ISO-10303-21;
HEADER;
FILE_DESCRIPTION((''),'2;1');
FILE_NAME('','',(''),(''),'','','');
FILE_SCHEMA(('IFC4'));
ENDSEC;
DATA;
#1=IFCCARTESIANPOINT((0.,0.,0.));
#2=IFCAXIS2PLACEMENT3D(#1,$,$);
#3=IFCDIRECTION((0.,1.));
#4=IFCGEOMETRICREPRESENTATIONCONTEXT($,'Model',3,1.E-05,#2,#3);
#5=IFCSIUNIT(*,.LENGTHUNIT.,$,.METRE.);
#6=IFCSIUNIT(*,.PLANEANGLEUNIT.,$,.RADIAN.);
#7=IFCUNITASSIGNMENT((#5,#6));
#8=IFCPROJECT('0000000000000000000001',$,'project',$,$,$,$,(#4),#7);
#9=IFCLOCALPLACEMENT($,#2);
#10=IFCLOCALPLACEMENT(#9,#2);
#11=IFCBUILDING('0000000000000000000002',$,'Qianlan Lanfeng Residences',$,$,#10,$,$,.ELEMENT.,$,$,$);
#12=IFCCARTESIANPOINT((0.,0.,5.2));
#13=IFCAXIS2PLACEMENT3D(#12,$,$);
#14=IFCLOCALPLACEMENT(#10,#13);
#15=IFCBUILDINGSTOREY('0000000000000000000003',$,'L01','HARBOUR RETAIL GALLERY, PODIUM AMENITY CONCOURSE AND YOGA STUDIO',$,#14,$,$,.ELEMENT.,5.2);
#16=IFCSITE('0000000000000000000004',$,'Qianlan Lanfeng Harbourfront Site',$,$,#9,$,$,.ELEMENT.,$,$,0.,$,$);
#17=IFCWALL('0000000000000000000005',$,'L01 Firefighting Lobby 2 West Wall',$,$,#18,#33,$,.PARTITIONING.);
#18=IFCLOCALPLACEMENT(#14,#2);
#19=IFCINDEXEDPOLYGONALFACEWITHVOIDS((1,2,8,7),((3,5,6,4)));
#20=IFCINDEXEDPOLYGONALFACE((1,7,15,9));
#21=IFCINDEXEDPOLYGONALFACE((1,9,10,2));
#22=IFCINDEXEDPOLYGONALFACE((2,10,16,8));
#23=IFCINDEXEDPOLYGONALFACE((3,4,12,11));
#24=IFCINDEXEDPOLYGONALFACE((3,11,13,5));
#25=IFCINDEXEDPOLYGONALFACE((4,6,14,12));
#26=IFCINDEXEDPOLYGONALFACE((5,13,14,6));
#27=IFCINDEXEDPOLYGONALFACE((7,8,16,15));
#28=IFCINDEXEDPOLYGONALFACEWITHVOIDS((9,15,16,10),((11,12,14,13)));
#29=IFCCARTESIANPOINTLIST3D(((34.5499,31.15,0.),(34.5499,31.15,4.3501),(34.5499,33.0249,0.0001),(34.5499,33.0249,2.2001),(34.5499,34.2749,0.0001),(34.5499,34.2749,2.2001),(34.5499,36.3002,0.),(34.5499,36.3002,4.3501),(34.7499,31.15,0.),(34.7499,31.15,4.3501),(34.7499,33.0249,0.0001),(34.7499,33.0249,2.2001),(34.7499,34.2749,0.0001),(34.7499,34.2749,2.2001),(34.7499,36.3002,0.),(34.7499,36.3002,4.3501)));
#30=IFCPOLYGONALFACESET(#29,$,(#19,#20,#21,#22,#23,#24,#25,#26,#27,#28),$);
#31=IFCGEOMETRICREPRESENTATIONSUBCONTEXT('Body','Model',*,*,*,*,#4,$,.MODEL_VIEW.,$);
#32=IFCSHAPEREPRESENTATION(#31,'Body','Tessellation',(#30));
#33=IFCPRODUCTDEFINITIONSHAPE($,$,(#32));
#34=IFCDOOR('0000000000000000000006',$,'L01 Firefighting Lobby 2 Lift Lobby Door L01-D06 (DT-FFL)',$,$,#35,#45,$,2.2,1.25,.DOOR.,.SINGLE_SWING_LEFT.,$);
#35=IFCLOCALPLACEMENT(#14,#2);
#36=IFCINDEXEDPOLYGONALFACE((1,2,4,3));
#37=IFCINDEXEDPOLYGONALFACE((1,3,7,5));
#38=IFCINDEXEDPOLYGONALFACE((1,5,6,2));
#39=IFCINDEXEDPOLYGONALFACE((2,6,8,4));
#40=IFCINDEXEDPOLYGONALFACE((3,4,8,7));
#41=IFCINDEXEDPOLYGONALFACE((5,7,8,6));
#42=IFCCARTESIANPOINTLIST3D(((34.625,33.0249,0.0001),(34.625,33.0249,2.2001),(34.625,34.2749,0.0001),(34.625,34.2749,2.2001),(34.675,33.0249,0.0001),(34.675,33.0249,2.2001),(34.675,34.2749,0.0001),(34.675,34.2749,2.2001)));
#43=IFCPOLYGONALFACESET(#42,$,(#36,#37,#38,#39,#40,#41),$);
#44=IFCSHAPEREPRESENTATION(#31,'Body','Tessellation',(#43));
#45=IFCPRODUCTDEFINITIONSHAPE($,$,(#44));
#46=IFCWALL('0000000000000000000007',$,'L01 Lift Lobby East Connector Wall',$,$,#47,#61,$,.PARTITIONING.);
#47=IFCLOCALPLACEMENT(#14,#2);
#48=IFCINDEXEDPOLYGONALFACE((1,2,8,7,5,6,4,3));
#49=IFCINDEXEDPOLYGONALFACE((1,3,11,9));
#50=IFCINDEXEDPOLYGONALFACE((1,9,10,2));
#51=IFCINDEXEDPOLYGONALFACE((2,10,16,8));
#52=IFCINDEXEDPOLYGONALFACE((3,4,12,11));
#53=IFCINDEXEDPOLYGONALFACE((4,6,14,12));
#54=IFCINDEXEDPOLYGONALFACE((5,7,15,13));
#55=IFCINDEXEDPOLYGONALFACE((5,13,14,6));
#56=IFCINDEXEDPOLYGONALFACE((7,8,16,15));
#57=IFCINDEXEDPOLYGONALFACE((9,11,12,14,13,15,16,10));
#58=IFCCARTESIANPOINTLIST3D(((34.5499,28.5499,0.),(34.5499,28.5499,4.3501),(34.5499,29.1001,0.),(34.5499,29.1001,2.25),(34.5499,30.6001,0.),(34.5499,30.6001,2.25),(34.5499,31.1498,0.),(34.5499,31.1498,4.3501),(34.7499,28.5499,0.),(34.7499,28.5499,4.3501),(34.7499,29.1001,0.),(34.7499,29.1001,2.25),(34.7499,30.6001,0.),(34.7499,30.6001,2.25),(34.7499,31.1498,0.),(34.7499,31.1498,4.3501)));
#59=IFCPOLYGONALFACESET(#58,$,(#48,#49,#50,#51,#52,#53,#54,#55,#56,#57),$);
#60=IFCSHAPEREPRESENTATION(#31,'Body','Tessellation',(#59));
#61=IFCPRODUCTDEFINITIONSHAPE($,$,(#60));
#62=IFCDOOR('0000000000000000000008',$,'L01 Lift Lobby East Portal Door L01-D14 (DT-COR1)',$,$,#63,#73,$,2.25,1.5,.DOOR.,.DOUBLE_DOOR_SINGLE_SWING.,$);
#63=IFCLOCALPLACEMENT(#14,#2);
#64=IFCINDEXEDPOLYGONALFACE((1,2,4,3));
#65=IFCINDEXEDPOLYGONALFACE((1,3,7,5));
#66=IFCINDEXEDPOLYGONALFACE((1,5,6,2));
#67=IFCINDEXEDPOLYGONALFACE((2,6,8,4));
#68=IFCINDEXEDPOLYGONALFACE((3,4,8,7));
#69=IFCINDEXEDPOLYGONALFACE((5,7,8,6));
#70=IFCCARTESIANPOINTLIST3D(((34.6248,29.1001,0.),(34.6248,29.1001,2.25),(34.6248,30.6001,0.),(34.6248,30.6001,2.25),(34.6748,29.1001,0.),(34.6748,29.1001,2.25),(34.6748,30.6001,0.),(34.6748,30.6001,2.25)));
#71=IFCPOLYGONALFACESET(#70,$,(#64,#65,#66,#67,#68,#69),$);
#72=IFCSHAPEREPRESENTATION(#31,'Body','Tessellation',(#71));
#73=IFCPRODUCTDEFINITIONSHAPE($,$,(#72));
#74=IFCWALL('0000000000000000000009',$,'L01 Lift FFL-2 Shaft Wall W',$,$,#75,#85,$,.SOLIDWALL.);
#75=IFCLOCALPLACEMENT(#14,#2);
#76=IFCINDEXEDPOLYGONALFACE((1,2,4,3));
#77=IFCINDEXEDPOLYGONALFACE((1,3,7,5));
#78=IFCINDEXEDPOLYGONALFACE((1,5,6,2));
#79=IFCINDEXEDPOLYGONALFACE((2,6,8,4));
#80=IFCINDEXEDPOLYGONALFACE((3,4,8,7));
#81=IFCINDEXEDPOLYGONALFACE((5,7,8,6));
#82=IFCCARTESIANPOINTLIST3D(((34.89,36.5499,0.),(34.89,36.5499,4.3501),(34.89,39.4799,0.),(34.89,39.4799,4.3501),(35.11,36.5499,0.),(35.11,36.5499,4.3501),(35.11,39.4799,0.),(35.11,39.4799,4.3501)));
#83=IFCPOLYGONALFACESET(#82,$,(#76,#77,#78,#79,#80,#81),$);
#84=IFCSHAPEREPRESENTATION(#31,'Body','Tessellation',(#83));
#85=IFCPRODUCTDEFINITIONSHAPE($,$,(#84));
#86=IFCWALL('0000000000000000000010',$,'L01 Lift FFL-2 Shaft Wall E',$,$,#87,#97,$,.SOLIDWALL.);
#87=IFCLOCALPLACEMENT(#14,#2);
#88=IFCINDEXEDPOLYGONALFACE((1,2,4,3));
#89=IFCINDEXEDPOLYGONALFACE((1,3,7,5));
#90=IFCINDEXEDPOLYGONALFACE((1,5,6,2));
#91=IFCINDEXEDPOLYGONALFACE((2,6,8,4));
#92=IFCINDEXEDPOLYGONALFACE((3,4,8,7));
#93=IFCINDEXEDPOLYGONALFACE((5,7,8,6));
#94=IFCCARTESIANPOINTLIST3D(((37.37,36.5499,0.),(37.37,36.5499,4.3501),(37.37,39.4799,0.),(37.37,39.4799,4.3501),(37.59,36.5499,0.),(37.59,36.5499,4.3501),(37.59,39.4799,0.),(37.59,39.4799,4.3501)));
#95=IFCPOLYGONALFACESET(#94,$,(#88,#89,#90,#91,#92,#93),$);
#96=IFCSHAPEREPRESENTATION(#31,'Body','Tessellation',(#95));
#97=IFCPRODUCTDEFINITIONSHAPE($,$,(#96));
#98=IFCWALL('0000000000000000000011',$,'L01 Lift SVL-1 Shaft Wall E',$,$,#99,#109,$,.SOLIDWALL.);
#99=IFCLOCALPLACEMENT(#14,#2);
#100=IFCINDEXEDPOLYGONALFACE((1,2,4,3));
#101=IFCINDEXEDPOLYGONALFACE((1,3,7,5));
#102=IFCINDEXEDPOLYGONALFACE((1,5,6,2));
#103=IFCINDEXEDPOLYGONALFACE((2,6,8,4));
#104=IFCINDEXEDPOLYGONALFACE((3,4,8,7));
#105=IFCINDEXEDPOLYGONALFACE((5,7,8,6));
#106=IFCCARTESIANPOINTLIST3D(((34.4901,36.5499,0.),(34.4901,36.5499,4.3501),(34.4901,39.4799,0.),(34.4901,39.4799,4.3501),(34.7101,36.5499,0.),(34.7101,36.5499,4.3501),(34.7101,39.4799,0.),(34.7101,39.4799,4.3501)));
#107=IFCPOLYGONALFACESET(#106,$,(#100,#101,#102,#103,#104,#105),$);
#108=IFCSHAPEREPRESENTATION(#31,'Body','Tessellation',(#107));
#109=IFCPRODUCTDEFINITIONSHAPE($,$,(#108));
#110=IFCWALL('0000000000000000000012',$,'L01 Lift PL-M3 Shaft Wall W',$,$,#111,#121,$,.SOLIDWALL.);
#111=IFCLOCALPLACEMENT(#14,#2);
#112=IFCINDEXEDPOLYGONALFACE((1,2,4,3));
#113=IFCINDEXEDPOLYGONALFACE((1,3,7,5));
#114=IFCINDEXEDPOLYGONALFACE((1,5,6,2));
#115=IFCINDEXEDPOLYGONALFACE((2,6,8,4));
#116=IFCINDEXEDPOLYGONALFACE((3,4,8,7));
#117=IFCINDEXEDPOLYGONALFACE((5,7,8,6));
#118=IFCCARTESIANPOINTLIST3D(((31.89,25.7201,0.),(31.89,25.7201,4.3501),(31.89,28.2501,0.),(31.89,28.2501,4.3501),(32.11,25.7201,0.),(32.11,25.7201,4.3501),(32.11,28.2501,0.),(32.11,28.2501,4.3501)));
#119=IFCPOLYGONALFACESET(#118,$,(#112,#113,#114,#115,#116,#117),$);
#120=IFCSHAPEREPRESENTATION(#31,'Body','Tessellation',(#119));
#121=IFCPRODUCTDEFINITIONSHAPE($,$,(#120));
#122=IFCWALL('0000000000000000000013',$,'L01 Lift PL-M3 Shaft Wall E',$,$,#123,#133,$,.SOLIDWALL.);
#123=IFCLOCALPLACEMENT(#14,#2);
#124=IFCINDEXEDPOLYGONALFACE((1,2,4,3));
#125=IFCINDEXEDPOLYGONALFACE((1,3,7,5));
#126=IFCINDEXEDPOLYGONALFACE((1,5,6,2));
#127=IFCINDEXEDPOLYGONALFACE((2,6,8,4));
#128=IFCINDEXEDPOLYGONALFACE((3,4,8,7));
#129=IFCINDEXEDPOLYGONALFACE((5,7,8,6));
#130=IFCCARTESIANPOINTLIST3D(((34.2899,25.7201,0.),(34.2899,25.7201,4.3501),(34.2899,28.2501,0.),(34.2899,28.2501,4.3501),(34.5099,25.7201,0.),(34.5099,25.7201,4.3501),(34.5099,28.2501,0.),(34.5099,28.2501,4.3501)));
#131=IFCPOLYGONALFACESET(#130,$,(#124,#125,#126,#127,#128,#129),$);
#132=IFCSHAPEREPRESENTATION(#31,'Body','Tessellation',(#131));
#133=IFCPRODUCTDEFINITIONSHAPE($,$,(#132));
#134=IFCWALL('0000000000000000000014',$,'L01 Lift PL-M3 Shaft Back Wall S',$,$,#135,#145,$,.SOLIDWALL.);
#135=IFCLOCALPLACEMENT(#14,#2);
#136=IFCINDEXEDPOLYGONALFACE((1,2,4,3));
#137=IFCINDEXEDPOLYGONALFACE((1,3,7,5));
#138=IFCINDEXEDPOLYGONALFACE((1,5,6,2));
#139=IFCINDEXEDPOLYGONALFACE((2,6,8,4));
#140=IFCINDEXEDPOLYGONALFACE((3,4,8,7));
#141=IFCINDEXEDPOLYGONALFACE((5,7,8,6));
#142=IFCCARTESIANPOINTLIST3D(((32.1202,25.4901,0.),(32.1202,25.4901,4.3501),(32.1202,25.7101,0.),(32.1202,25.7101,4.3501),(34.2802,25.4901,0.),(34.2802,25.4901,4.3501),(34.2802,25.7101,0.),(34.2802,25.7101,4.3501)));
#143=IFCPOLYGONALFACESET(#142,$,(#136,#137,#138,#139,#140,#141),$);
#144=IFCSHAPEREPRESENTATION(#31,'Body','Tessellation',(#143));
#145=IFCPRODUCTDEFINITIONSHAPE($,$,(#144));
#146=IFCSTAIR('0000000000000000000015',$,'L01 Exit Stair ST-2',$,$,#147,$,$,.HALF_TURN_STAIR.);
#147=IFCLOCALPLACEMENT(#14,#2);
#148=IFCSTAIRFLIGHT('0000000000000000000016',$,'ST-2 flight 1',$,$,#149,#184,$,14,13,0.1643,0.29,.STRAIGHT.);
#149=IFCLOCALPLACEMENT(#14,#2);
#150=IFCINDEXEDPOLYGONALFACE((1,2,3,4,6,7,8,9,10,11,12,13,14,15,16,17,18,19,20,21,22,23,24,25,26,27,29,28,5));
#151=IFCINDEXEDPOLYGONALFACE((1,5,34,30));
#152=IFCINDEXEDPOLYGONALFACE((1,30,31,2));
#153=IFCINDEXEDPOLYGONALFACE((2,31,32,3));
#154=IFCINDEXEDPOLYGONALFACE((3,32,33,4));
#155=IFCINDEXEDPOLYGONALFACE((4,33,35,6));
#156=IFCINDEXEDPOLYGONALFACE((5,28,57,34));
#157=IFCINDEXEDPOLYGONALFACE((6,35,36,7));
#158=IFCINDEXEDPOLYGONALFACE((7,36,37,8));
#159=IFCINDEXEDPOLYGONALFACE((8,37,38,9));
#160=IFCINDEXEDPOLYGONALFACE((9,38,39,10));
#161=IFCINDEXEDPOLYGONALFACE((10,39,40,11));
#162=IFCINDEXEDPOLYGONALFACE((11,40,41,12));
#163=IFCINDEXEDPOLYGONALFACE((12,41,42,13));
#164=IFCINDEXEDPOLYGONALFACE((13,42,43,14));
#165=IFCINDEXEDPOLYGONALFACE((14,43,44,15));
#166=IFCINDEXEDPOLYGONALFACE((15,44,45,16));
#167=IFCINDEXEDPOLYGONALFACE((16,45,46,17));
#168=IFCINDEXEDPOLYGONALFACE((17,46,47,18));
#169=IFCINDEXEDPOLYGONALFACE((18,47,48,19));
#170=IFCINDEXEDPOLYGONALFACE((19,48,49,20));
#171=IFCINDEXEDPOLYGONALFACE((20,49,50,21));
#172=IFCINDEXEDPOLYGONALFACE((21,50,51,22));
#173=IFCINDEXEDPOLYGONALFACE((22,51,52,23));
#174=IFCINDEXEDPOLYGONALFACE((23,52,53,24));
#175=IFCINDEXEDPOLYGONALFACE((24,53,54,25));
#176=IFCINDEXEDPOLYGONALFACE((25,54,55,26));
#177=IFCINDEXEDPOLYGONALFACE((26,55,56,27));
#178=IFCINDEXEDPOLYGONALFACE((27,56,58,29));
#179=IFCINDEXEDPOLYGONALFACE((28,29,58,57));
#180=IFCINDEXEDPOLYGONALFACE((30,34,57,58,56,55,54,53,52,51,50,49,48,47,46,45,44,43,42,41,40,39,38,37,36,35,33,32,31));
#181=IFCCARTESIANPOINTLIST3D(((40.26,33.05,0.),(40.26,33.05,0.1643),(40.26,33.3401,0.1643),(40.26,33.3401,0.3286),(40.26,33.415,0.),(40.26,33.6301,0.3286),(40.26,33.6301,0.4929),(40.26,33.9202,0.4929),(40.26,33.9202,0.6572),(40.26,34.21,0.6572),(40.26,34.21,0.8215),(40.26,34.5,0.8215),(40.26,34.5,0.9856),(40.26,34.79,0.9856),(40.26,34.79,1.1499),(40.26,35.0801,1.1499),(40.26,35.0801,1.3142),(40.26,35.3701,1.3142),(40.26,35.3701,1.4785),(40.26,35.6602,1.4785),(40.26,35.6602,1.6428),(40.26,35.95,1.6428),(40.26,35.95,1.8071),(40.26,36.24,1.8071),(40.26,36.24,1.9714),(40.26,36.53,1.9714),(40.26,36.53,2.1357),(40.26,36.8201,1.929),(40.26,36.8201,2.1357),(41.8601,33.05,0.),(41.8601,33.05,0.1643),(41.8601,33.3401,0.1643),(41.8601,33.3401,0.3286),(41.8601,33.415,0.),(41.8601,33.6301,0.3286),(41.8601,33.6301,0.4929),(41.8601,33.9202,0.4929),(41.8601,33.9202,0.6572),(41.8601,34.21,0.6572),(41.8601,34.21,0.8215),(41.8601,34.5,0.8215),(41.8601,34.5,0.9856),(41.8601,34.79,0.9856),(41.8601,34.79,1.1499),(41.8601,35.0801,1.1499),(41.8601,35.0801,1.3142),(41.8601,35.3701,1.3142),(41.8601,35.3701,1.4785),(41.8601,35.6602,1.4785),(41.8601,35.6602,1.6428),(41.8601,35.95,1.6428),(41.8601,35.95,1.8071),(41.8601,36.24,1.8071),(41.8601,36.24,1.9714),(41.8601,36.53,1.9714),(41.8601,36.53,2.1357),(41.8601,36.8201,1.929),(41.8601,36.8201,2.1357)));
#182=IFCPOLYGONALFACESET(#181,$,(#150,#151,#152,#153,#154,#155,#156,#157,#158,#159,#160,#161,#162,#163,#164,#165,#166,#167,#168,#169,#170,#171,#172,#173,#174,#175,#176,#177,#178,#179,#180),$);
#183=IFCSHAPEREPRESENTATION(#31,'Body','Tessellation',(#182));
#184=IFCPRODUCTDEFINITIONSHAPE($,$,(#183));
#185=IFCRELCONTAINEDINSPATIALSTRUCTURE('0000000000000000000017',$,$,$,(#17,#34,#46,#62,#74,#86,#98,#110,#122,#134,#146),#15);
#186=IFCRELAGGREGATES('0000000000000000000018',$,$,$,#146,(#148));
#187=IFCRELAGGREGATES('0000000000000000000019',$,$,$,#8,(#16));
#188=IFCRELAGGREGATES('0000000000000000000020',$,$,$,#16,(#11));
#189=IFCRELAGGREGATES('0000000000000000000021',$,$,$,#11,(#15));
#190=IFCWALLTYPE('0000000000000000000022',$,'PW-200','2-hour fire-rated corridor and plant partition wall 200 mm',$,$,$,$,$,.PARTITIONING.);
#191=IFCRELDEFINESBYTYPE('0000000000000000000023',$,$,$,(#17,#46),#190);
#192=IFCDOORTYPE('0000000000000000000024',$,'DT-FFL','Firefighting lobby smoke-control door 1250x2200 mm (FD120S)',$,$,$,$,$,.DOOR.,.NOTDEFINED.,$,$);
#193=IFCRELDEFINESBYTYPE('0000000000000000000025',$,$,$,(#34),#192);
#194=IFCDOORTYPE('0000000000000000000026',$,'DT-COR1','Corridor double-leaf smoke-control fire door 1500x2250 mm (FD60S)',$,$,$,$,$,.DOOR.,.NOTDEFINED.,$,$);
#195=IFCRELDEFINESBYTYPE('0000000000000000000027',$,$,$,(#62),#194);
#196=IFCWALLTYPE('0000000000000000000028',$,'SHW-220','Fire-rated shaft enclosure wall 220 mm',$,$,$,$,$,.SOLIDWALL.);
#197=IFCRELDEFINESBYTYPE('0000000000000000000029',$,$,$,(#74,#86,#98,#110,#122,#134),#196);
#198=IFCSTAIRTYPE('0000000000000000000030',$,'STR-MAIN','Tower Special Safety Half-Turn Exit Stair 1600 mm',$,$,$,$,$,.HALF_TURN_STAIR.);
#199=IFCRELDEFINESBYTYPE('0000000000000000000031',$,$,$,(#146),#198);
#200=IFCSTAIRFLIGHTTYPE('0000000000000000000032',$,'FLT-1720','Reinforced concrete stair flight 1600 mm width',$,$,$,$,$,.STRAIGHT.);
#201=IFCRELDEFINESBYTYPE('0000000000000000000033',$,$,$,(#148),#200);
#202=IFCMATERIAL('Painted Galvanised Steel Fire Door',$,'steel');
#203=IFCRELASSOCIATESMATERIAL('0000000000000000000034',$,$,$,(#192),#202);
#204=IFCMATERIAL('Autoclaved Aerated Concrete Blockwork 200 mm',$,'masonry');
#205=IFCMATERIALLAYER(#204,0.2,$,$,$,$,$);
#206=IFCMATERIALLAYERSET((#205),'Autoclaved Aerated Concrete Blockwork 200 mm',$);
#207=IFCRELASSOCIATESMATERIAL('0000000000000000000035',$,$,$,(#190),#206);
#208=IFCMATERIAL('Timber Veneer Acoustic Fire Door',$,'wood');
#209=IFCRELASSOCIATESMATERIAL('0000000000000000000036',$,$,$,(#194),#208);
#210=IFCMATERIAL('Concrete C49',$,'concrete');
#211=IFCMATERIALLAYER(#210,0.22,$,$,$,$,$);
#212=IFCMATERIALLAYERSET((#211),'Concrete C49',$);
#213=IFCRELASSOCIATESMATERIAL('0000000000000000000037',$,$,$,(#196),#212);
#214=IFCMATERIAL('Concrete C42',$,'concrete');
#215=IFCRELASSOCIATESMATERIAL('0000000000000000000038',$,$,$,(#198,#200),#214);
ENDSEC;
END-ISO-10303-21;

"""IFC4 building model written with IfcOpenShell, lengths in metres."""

from ifc_helpers import new_model, si_unit, direction, frame, frame_2d, origin, place, context, subcontext, project, spatial, polyline, rectangle, outline, extrude, material, layer, layer_set, type_object, element, fill, aggregate, save


model = new_model("IFC4")

# Units and contexts
model_context = context("Model", 3, precision=1e-05, world=origin(), true_north=direction((0.0, 1.0)))
body_context = subcontext(model_context, "Body", "Model", "MODEL_VIEW")
ifc_project = project(units=[si_unit("LENGTHUNIT", "METRE"), si_unit("PLANEANGLEUNIT", "RADIAN")], contexts=[model_context])

# Site, building, storey
site_placement = place(None, origin())
site = spatial("IfcSite", under=ifc_project, at=site_placement, Name="Qianlan Lanfeng Harbourfront Site", CompositionType="ELEMENT", RefElevation=0.0)
building_placement = place(site_placement, origin())
building = spatial("IfcBuilding", under=site, at=building_placement, Name="Qianlan Lanfeng Residences", CompositionType="ELEMENT")
storey_placement = place(building_placement, frame((0.0, 0.0, 5.2)))
storey = spatial("IfcBuildingStorey", under=building, at=storey_placement, Name="L01", Description="HARBOUR RETAIL GALLERY, PODIUM AMENITY CONCOURSE AND YOGA STUDIO", CompositionType="ELEMENT", Elevation=5.2)

# Shared definitions
ifc_material_1 = material(Name="Painted Galvanised Steel Fire Door", Category="steel")

# Walls, openings, doors
door_type_1 = type_object("IfcDoorType", Name="DT-FFL", Description="Firefighting lobby smoke-control door 1250x2200 mm (FD120S)", OperationType="NOTDEFINED", PredefinedType="DOOR", material=ifc_material_1)
ifc_material_2 = material(Name="Autoclaved Aerated Concrete Blockwork 200 mm", Category="masonry")
ifc_layer_1 = layer(ifc_material_2, 0.2)
ifc_layer_set_1 = layer_set([ifc_layer_1], Name="Autoclaved Aerated Concrete Blockwork 200 mm")
wall_type_1 = type_object("IfcWallType", Name="PW-200", Description="2-hour fire-rated corridor and plant partition wall 200 mm", PredefinedType="PARTITIONING", material=ifc_layer_set_1)
wall_1_placement = place(storey_placement, frame((34.6499, 31.1499, 0.0), z_axis=(0.0, 0.0, 1.0), x_axis=(0.0, 1.0, 0.0)))
wall_1 = element("IfcWall", 1, at=wall_1_placement, inside=storey, type_object=wall_type_1, Name="L01 Firefighting Lobby 2 West Wall", PredefinedType="PARTITIONING", context=body_context, shape_type="SweptSolid", body=[
    extrude(rectangle(XDim=5.1501, YDim=0.2, at=frame_2d((2.5752, 0.0))), origin(), (0.0, 0.0, 1.0), 4.3501),
])
opening_1_placement = place(wall_1_placement, frame((1.875, 0.0, 0.0)))
opening_1 = element("IfcOpeningElement", 2, at=opening_1_placement, cuts=wall_1, PredefinedType="OPENING", context=body_context, shape_type="SweptSolid", body=[
    extrude(rectangle(XDim=1.25, YDim=2.2, at=frame_2d((0.625, 1.1001))), frame((0.0, 0.1099, 0.0), z_axis=(0.0, -1.0, 0.0), x_axis=(1.0, 0.0, 0.0)), (0.0, 0.0, 1.0), 0.22),
])
door_1_placement = place(opening_1_placement, origin())
door_1 = element("IfcDoor", 3, at=door_1_placement, inside=storey, type_object=door_type_1, Name="L01 Firefighting Lobby 2 Lift Lobby Door L01-D06 (DT-FFL)", OperationType="SINGLE_SWING_LEFT", OverallHeight=2.2, OverallWidth=1.25, PredefinedType="DOOR", context=body_context, shape_type="SweptSolid", body=[
    extrude(rectangle(XDim=1.25, YDim=2.2, at=frame_2d((0.625, 1.1001))), frame((0.0, 0.0249, 0.0), z_axis=(0.0, -1.0, 0.0), x_axis=(1.0, 0.0, 0.0)), (0.0, 0.0, 1.0), 0.05),
])
fill(opening_1, door_1)
wall_2_placement = place(storey_placement, frame((34.6499, 28.55, 0.0), z_axis=(0.0, 0.0, 1.0), x_axis=(0.0, 1.0, 0.0)))
wall_2 = element("IfcWall", 4, at=wall_2_placement, inside=storey, type_object=wall_type_1, Name="L01 Lift Lobby East Connector Wall", PredefinedType="PARTITIONING", context=body_context, shape_type="SweptSolid", body=[
    extrude(rectangle(XDim=2.5999, YDim=0.2, at=frame_2d((1.2998, 0.0))), origin(), (0.0, 0.0, 1.0), 4.3501),
])
opening_2_placement = place(wall_2_placement, frame((0.55, 0.0, 0.0)))
opening_2 = element("IfcOpeningElement", 5, at=opening_2_placement, cuts=wall_2, PredefinedType="OPENING", context=body_context, shape_type="SweptSolid", body=[
    extrude(rectangle(XDim=1.5, YDim=2.25, at=frame_2d((0.75, 1.125))), frame((0.0, 0.1099, 0.0), z_axis=(0.0, -1.0, 0.0), x_axis=(1.0, 0.0, 0.0)), (0.0, 0.0, 1.0), 0.22),
])
ifc_material_3 = material(Name="Timber Veneer Acoustic Fire Door", Category="wood")
door_type_2 = type_object("IfcDoorType", Name="DT-COR1", Description="Corridor double-leaf smoke-control fire door 1500x2250 mm (FD60S)", OperationType="NOTDEFINED", PredefinedType="DOOR", material=ifc_material_3)
door_2_placement = place(opening_2_placement, frame((1.5, 0.0, 0.0), z_axis=(0.0, 0.0, 1.0), x_axis=(-1.0, 0.0, 0.0)))
door_2 = element("IfcDoor", 6, at=door_2_placement, inside=storey, type_object=door_type_2, Name="L01 Lift Lobby East Portal Door L01-D14 (DT-COR1)", OperationType="DOUBLE_DOOR_SINGLE_SWING", OverallHeight=2.25, OverallWidth=1.5, PredefinedType="DOOR", context=body_context, shape_type="SweptSolid", body=[
    extrude(rectangle(XDim=1.5, YDim=2.25, at=frame_2d((0.75, 1.125))), frame((0.0, 0.0249, 0.0), z_axis=(0.0, -1.0, 0.0), x_axis=(1.0, 0.0, 0.0)), (0.0, 0.0, 1.0), 0.05),
])
fill(opening_2, door_2)

# Walls
ifc_material_4 = material(Name="Concrete C49", Category="concrete")
ifc_layer_2 = layer(ifc_material_4, 0.22)
ifc_layer_set_2 = layer_set([ifc_layer_2], Name="Concrete C49")
wall_type_2 = type_object("IfcWallType", Name="SHW-220", Description="Fire-rated shaft enclosure wall 220 mm", PredefinedType="SOLIDWALL", material=ifc_layer_set_2)
for number, where, z_axis, x_axis, name in (
    (7, (35.0, 36.55, 0.0), (0.0, 0.0, 1.0), (0.0, 1.0, 0.0), "L01 Lift FFL-2 Shaft Wall W"),
    (8, (37.48, 36.55, 0.0), (0.0, 0.0, 1.0), (0.0, 1.0, 0.0), "L01 Lift FFL-2 Shaft Wall E"),
    (9, (34.6001, 36.55, 0.0), (0.0, 0.0, 1.0), (0.0, 1.0, 0.0), "L01 Lift SVL-1 Shaft Wall E"),
):
    element("IfcWall", number, at=place(storey_placement, frame(where, z_axis=z_axis, x_axis=x_axis)), inside=storey, type_object=wall_type_2, Name=name, PredefinedType="SOLIDWALL", context=body_context, shape_type="SweptSolid", body=[
        extrude(rectangle(XDim=2.9299, YDim=0.22, at=frame_2d((1.4648, 0.0))), origin(), (0.0, 0.0, 1.0), 4.3501),
    ])
for number, where, z_axis, x_axis, name in (
    (10, (32.0, 25.72, 0.0), (0.0, 0.0, 1.0), (0.0, 1.0, 0.0), "L01 Lift PL-M3 Shaft Wall W"),
    (11, (34.3999, 25.72, 0.0), (0.0, 0.0, 1.0), (0.0, 1.0, 0.0), "L01 Lift PL-M3 Shaft Wall E"),
):
    element("IfcWall", number, at=place(storey_placement, frame(where, z_axis=z_axis, x_axis=x_axis)), inside=storey, type_object=wall_type_2, Name=name, PredefinedType="SOLIDWALL", context=body_context, shape_type="SweptSolid", body=[
        extrude(rectangle(XDim=2.53, YDim=0.22, at=frame_2d((1.2651, 0.0))), origin(), (0.0, 0.0, 1.0), 4.3501),
    ])
wall_3_placement = place(storey_placement, frame((32.1201, 25.6001, 0.0), z_axis=(0.0, 0.0, 1.0), x_axis=(1.0, 0.0, 0.0)))
element("IfcWall", 12, at=wall_3_placement, inside=storey, type_object=wall_type_2, Name="L01 Lift PL-M3 Shaft Back Wall S", PredefinedType="SOLIDWALL", context=body_context, shape_type="SweptSolid", body=[
    extrude(rectangle(XDim=2.1599, YDim=0.22, at=frame_2d((1.0801, 0.0))), origin(), (0.0, 0.0, 1.0), 4.3501),
])

# Stair, stair flight
ifc_material_5 = material(Name="Concrete C42", Category="concrete")
stair_type = type_object("IfcStairType", Name="STR-MAIN", Description="Tower Special Safety Half-Turn Exit Stair 1600 mm", PredefinedType="HALF_TURN_STAIR", material=ifc_material_5)
stair_placement = place(storey_placement, origin())
stair = element("IfcStair", 13, at=stair_placement, inside=storey, type_object=stair_type, Name="L01 Exit Stair ST-2", PredefinedType="HALF_TURN_STAIR")
stair_flight_type = type_object("IfcStairFlightType", Name="FLT-1720", Description="Reinforced concrete stair flight 1600 mm width", PredefinedType="STRAIGHT", material=ifc_material_5)
stair_flight_1_placement = place(storey_placement, frame((41.0601, 33.05, 0.0), z_axis=(0.0, 0.0, 1.0), x_axis=(0.0, 1.0, 0.0)))
stair_flight_1 = element("IfcStairFlight", 14, at=stair_flight_1_placement, type_object=stair_flight_type, Name="ST-2 flight 1", NumberOfRisers=14, NumberOfTreads=13, PredefinedType="STRAIGHT", RiserHeight=0.1643, TreadLength=0.29, context=body_context, shape_type="SweptSolid", body=[
    extrude(outline(polyline([(0.0, 0.0), (0.0, 0.1643), (0.29, 0.1643), (0.29, 0.3286), (0.5801, 0.3286), (0.5801, 0.4929), (0.8701, 0.4929), (0.8701, 0.6572), (1.1599, 0.6572), (1.1599, 0.8215), (1.45, 0.8215), (1.45, 0.9856), (1.74, 0.9856), (1.74, 1.1499), (2.03, 1.1499), (2.03, 1.3142), (2.3201, 1.3142), (2.3201, 1.4785), (2.6101, 1.4785), (2.6101, 1.6428), (2.8999, 1.6428), (2.8999, 1.8071), (3.1899, 1.8071), (3.1899, 1.9714), (3.48, 1.9714), (3.48, 2.1357), (3.77, 2.1357), (3.77, 2.3), (3.77, 1.929), (0.365, 0.0), (0.0, 0.0)])), frame((0.0, 0.8, 0.0), z_axis=(0.0, -1.0, 0.0), x_axis=(1.0, 0.0, 0.0)), (0.0, 0.0, 1.0), 1.6001),
])
aggregate(stair, [stair_flight_1])

save(model, "model.ifc")
